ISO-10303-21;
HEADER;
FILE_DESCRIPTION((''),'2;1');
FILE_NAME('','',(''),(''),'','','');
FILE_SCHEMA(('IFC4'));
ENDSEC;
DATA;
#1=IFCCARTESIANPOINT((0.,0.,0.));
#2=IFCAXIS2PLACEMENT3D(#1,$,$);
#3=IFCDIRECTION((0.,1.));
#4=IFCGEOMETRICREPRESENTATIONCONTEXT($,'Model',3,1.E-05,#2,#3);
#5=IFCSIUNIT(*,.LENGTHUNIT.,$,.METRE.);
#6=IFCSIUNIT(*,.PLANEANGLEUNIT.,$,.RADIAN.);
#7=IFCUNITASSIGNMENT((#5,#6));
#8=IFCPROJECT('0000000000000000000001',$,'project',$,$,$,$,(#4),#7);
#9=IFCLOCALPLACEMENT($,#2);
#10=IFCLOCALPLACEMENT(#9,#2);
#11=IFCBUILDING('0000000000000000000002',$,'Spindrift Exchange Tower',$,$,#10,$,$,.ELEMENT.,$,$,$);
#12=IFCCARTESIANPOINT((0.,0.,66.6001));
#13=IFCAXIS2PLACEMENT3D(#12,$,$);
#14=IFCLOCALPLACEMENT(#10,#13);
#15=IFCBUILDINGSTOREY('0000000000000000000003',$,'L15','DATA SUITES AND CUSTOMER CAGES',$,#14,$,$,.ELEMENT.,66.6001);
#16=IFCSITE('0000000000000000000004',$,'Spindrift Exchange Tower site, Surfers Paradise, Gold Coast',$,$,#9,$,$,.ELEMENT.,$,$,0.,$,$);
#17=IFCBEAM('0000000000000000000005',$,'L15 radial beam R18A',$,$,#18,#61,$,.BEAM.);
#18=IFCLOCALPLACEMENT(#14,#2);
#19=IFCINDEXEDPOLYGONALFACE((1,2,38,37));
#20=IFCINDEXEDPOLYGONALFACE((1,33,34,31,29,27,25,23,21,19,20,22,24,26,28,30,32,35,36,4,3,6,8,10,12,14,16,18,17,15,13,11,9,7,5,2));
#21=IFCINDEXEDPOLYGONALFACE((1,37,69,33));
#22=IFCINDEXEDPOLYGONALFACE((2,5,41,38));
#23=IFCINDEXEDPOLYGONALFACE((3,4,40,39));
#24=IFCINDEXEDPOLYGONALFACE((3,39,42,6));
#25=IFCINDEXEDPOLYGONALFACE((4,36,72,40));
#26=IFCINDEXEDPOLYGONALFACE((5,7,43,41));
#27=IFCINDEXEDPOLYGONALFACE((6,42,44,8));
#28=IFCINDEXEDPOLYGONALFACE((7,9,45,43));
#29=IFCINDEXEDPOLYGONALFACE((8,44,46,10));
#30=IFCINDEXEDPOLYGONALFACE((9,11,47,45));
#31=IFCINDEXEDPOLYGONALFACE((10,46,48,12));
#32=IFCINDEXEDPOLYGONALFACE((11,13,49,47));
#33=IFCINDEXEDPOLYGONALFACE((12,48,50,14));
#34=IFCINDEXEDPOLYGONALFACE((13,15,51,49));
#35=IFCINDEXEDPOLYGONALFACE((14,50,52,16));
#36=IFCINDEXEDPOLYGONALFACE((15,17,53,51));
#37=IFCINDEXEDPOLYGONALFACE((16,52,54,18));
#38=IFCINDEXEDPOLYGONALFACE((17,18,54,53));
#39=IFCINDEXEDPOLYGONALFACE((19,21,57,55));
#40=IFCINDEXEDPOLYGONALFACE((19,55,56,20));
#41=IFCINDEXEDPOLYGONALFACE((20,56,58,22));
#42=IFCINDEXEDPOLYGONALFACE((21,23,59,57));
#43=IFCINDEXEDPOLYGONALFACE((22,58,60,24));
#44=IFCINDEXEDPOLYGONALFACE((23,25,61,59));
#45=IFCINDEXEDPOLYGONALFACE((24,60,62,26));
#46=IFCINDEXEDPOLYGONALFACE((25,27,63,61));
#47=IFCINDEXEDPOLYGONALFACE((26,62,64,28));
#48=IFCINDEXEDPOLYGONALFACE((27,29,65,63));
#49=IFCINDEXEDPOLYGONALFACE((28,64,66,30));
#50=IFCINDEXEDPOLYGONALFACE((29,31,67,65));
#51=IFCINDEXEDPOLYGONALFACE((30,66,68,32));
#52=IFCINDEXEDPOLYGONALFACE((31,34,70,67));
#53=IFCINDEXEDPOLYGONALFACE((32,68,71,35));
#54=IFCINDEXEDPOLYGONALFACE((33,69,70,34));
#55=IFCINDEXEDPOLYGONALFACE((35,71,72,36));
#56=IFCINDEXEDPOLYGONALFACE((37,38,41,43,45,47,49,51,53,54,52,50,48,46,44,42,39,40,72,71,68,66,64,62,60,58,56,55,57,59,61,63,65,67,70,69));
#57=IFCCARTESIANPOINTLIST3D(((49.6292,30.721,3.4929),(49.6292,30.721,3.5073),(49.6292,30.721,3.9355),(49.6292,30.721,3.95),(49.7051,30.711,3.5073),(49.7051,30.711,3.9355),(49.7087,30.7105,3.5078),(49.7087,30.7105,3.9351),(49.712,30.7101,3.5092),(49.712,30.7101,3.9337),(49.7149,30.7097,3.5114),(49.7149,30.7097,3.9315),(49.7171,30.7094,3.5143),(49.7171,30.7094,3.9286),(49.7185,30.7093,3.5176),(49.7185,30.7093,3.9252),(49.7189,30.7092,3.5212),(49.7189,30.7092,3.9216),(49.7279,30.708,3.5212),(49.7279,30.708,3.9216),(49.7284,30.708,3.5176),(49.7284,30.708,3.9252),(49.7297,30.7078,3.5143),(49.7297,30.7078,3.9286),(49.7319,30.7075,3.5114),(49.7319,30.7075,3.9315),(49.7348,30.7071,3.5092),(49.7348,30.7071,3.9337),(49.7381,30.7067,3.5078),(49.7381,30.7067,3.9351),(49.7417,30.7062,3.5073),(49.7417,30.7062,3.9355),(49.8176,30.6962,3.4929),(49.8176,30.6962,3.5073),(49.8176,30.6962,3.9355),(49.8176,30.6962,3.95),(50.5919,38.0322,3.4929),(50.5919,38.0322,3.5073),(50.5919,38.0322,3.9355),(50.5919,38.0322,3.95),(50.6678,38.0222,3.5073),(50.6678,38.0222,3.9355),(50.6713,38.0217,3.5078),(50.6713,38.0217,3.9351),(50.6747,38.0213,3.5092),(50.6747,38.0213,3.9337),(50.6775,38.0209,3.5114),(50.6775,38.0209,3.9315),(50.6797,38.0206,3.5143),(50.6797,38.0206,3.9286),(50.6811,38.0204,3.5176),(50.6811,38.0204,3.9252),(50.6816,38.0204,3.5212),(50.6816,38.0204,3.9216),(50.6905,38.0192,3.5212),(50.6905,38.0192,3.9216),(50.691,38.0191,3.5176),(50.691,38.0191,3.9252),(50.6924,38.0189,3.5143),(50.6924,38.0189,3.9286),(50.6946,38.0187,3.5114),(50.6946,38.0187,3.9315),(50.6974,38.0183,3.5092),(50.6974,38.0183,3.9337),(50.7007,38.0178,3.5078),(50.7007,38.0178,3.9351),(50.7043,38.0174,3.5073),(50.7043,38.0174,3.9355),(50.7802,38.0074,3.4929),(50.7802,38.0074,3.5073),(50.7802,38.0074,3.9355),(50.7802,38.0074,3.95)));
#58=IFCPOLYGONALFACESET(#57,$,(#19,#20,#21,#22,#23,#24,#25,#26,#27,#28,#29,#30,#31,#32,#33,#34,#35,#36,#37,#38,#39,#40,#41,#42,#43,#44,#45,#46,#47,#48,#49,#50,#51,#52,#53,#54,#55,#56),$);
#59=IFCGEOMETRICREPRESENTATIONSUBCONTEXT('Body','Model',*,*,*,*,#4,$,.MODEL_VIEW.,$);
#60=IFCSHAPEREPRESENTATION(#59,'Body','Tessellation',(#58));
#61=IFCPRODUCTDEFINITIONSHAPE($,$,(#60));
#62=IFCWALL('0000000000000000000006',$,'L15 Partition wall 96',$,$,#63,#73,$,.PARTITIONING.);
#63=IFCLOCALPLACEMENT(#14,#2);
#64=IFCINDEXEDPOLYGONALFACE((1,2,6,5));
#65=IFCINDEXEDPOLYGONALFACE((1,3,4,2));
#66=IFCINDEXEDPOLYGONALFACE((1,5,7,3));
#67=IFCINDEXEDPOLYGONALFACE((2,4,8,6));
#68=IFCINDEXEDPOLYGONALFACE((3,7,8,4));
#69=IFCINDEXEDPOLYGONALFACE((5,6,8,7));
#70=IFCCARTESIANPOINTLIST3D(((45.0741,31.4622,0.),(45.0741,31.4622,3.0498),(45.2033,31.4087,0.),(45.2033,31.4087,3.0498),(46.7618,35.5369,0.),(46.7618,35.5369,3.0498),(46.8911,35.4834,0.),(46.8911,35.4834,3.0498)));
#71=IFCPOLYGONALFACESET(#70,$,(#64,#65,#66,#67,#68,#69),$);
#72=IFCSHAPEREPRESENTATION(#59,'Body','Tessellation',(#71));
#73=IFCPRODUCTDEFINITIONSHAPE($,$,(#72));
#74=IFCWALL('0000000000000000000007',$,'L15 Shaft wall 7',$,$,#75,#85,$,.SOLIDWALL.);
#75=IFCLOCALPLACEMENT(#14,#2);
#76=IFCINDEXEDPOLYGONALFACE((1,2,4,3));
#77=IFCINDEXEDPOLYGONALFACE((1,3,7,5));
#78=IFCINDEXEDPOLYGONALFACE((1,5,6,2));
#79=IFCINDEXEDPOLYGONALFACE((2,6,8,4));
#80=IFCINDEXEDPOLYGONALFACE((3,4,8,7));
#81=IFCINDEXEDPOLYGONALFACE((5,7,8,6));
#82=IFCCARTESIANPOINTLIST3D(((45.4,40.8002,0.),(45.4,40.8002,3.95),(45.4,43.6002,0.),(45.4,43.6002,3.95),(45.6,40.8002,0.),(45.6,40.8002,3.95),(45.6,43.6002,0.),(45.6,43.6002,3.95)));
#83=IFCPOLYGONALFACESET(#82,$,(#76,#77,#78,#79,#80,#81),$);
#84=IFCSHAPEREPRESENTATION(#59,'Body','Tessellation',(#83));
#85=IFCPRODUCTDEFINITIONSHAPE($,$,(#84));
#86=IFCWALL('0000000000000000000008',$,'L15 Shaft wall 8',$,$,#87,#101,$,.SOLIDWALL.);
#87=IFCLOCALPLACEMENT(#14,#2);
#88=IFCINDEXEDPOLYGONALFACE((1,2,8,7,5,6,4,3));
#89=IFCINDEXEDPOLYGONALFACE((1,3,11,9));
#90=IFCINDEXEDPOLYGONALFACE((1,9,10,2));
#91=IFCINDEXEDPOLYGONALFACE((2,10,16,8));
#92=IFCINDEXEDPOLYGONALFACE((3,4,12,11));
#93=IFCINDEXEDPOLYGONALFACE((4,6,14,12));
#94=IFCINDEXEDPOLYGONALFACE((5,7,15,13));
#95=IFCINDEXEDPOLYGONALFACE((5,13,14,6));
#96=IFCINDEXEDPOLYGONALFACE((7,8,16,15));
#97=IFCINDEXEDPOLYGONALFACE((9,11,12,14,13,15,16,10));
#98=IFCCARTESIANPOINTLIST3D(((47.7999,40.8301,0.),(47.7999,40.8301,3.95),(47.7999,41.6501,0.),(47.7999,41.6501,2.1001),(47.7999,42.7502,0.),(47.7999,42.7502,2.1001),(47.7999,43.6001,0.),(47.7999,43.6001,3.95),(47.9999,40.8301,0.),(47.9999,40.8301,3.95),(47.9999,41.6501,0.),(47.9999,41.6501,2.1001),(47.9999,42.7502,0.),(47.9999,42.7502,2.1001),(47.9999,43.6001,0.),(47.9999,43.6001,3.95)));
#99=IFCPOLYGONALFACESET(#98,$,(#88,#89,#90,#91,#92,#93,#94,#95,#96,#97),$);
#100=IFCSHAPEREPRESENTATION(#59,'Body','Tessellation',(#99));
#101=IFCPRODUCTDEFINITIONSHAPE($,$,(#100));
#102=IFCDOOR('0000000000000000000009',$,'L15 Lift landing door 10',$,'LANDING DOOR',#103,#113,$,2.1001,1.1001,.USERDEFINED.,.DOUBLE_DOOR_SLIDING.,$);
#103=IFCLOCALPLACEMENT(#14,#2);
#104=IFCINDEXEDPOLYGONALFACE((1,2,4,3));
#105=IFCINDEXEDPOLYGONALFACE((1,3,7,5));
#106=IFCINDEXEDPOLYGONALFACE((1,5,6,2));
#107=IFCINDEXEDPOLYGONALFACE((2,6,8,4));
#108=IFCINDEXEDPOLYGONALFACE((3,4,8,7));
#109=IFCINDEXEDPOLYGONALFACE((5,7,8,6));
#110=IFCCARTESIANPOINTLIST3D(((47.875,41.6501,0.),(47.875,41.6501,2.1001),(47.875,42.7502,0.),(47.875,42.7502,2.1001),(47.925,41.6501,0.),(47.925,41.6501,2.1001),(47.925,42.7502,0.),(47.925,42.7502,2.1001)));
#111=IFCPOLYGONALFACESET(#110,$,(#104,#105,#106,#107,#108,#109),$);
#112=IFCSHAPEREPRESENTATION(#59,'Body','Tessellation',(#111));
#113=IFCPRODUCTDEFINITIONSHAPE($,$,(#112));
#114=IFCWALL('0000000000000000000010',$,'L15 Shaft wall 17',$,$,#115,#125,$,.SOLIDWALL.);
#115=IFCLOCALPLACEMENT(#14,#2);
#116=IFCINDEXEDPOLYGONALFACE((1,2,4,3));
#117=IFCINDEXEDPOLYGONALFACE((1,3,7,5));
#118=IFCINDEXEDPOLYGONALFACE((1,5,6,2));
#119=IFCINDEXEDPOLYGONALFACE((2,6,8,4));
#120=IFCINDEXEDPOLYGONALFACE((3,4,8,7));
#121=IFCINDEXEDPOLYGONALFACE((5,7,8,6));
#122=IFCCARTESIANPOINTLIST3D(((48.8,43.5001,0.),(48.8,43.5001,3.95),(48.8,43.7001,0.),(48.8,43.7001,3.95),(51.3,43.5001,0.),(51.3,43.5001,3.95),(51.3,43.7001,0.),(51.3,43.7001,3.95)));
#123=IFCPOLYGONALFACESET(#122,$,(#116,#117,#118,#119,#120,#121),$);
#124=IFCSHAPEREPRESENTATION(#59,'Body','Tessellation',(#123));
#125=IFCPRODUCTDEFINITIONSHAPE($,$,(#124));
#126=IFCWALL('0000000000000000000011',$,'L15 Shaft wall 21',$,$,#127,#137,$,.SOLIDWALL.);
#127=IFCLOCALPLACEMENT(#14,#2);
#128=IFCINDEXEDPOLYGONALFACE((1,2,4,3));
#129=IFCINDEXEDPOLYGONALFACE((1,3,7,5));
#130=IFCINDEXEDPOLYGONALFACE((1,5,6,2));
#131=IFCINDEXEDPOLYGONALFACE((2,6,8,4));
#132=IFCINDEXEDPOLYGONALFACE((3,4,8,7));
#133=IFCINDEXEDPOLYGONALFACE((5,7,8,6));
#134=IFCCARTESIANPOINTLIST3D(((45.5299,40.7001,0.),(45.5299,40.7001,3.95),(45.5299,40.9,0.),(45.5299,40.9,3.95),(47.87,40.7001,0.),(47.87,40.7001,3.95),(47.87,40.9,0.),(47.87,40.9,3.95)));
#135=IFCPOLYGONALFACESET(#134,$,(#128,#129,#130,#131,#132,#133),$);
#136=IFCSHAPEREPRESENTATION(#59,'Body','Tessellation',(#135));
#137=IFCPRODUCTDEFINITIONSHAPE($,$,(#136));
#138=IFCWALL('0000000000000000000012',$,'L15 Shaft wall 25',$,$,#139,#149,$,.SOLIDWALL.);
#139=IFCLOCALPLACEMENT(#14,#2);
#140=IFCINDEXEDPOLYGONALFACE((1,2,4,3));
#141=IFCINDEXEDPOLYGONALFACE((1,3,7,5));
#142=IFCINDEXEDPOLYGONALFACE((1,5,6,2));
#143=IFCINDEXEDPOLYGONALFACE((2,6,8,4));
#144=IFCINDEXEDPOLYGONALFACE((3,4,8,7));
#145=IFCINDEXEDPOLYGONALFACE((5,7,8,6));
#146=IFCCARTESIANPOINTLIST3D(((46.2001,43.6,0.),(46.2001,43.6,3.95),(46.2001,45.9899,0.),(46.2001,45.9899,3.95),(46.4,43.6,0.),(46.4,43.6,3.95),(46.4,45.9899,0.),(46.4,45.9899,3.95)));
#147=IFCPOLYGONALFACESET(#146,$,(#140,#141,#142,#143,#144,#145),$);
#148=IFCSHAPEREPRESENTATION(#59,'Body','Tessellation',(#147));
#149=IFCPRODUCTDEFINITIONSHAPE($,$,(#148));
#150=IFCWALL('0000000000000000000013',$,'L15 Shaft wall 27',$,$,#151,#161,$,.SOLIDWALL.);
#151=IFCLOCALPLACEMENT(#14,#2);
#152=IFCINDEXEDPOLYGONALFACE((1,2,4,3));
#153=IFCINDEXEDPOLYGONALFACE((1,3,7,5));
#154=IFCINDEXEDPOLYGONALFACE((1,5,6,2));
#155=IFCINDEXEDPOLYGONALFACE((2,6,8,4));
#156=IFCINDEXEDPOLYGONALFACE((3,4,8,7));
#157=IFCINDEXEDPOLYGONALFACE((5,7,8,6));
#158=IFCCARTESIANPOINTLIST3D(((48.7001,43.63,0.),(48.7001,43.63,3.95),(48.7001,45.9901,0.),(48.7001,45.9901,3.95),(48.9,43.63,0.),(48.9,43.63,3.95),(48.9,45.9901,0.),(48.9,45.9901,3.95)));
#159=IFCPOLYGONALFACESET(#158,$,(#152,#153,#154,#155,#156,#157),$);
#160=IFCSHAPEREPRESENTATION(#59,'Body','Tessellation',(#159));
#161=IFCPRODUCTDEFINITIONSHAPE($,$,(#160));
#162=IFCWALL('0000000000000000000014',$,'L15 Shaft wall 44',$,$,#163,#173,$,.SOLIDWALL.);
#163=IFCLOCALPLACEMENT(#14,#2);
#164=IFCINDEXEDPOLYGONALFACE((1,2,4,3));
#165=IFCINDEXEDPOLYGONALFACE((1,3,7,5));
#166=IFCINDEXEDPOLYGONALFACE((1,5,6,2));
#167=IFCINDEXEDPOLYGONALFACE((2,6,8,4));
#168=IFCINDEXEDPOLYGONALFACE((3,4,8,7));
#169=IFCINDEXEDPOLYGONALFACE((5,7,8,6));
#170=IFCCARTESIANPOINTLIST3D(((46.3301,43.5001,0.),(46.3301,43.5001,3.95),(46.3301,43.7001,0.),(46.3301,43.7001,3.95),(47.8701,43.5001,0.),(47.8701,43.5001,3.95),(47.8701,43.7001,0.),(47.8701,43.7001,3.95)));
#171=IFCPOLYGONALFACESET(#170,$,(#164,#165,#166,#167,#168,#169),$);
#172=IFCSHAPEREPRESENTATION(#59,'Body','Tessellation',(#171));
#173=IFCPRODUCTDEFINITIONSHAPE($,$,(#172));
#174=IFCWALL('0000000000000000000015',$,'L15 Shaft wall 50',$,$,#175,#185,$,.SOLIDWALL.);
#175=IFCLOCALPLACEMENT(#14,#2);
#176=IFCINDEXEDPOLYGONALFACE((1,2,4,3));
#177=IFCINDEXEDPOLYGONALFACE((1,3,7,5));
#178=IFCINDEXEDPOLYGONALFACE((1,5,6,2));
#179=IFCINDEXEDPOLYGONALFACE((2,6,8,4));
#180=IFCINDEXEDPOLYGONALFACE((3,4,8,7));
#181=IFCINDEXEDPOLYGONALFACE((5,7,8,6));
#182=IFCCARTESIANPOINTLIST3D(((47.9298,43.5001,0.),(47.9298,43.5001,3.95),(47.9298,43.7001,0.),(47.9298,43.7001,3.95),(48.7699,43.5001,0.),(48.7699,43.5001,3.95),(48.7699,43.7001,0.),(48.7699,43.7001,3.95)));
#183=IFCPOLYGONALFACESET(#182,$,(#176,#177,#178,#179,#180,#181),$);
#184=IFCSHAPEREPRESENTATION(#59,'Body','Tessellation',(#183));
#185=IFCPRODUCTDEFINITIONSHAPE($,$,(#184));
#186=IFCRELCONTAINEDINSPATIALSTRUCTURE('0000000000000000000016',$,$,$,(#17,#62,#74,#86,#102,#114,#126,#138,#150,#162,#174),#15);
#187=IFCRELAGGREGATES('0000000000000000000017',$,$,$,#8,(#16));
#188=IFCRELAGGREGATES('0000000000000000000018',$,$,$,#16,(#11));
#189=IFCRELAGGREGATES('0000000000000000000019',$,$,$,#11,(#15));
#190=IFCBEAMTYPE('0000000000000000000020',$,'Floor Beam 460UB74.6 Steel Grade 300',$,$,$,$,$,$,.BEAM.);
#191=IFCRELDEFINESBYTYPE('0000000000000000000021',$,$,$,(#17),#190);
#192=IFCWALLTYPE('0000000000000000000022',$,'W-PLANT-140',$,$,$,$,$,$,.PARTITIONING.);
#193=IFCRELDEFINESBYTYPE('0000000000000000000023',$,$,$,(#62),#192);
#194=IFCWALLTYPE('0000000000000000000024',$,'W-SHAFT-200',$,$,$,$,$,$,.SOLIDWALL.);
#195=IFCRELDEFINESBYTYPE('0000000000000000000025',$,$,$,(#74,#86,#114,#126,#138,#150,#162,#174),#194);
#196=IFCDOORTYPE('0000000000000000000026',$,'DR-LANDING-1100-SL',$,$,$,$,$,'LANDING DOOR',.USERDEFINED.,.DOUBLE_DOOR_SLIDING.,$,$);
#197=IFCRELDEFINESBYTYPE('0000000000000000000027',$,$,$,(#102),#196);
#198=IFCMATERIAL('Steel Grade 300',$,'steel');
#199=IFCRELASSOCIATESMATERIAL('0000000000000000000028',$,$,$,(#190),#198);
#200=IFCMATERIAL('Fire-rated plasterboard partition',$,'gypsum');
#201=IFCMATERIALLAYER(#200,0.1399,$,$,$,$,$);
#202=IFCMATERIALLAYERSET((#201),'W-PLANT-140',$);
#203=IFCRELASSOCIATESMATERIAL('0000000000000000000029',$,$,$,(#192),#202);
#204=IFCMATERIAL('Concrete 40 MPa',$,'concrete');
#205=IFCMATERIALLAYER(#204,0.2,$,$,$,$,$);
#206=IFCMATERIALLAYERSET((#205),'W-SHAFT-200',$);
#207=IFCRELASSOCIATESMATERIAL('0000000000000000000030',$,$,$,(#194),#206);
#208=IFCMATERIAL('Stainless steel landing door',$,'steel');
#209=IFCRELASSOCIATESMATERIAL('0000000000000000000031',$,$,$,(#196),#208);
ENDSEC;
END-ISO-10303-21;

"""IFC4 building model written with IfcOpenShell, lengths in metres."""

from ifc_helpers import new_model, si_unit, direction, frame, frame_2d, origin, origin_2d, place, context, subcontext, project, spatial, rectangle, i_section, extrude, source, transform, mapped, material, layer, layer_set, material_profile, profile_set, type_object, element, fill, save


model = new_model("IFC4")

# Units and contexts
model_context = context("Model", 3, precision=1e-05, world=origin(), true_north=direction((0.0, 1.0)))
body_context = subcontext(model_context, "Body", "Model", "MODEL_VIEW")
ifc_project = project(units=[si_unit("LENGTHUNIT", "METRE"), si_unit("PLANEANGLEUNIT", "RADIAN")], contexts=[model_context])

# Site, building, storey
site_placement = place(None, origin())
site = spatial("IfcSite", under=ifc_project, at=site_placement, Name="Spindrift Exchange Tower site, Surfers Paradise, Gold Coast", CompositionType="ELEMENT", RefElevation=0.0)
building_placement = place(site_placement, origin())
building = spatial("IfcBuilding", under=site, at=building_placement, Name="Spindrift Exchange Tower", CompositionType="ELEMENT")
storey_placement = place(building_placement, frame((0.0, 0.0, 66.6001)))
storey = spatial("IfcBuildingStorey", under=building, at=storey_placement, Name="L15", Description="DATA SUITES AND CUSTOMER CAGES", CompositionType="ELEMENT", Elevation=66.6001)

# Beam
ifc_material_1 = material(Name="Steel Grade 300", Category="steel")
ifc_material_profile_1 = material_profile(ifc_material_1, i_section(OverallWidth=0.1899, OverallDepth=0.457, WebThickness=0.009, FlangeThickness=0.0144, FilletRadius=0.0139, at=origin_2d()), Name="460UB74.6")
ifc_profile_set_1 = profile_set([ifc_material_profile_1], Name="Steel Grade 300")
beam_type_1 = type_object("IfcBeamType", Name="Floor Beam 460UB74.6 Steel Grade 300", PredefinedType="BEAM", material=ifc_profile_set_1)
shared_shape_1 = source(origin(), body_context, "Body", "SweptSolid", [
    extrude(i_section(OverallWidth=0.1899, OverallDepth=0.457, WebThickness=0.009, FlangeThickness=0.0144, FilletRadius=0.0139, at=origin_2d()), origin(), (0.0, 0.0, 1.0), 7.3743),
])
beam_1_placement = place(storey_placement, frame((50.686, 38.0198, 3.7214), z_axis=(-0.130539, -0.991443, 0.0), x_axis=(0.991443, -0.130539, 0.0)))
element("IfcBeam", 1, at=beam_1_placement, inside=storey, type_object=beam_type_1, Name="L15 radial beam R18A", PredefinedType="BEAM", context=body_context, shape_type="MappedRepresentation", body=[
    mapped(shared_shape_1, transform((0.0, 0.0, 0.0), scale=1.0)),
])

# Walls
ifc_material_2 = material(Name="Fire-rated plasterboard partition", Category="gypsum")
ifc_layer_1 = layer(ifc_material_2, 0.1399)
ifc_layer_set_1 = layer_set([ifc_layer_1], Name="W-PLANT-140")
wall_type_1 = type_object("IfcWallType", Name="W-PLANT-140", PredefinedType="PARTITIONING", material=ifc_layer_set_1)
wall_1_placement = place(storey_placement, frame((46.8264, 35.51, 0.0), z_axis=(0.0, 0.0, 1.0), x_axis=(-0.382673, -0.923884, 0.0)))
element("IfcWall", 2, at=wall_1_placement, inside=storey, type_object=wall_type_1, Name="L15 Partition wall 96", PredefinedType="PARTITIONING", context=body_context, shape_type="SweptSolid", body=[
    extrude(rectangle(XDim=4.4104, YDim=0.1399, at=frame_2d((2.2051, 0.0))), origin(), (0.0, 0.0, 1.0), 3.0498),
])
ifc_material_3 = material(Name="Concrete 40 MPa", Category="concrete")
ifc_layer_2 = layer(ifc_material_3, 0.2)
ifc_layer_set_2 = layer_set([ifc_layer_2], Name="W-SHAFT-200")
wall_type_2 = type_object("IfcWallType", Name="W-SHAFT-200", PredefinedType="SOLIDWALL", material=ifc_layer_set_2)
wall_2_placement = place(storey_placement, frame((45.5, 43.6001, 0.0), z_axis=(0.0, 0.0, 1.0), x_axis=(0.0, -1.0, 0.0)))
element("IfcWall", 3, at=wall_2_placement, inside=storey, type_object=wall_type_2, Name="L15 Shaft wall 7", PredefinedType="SOLIDWALL", context=body_context, shape_type="SweptSolid", body=[
    extrude(rectangle(XDim=2.8, YDim=0.2, at=frame_2d((1.3999, 0.0))), origin(), (0.0, 0.0, 1.0), 3.95),
])

# Wall, opening, door
wall_3_placement = place(storey_placement, frame((47.8999, 40.8301, 0.0), z_axis=(0.0, 0.0, 1.0), x_axis=(0.0, 1.0, 0.0)))
wall_3 = element("IfcWall", 4, at=wall_3_placement, inside=storey, type_object=wall_type_2, Name="L15 Shaft wall 8", PredefinedType="SOLIDWALL", context=body_context, shape_type="SweptSolid", body=[
    extrude(rectangle(XDim=2.77, YDim=0.2, at=frame_2d((1.385, 0.0))), origin(), (0.0, 0.0, 1.0), 3.95),
])
opening_1_placement = place(wall_3_placement, frame((0.8201, 0.0, 0.0)))
opening_1 = element("IfcOpeningElement", 5, at=opening_1_placement, cuts=wall_3, PredefinedType="OPENING", context=body_context, shape_type="SweptSolid", body=[
    extrude(rectangle(XDim=1.1001, YDim=2.1001, at=frame_2d((0.55, 1.05))), frame((0.0, 0.1099, 0.0), z_axis=(0.0, -1.0, 0.0), x_axis=(1.0, 0.0, 0.0)), (0.0, 0.0, 1.0), 0.22),
])
ifc_material_4 = material(Name="Stainless steel landing door", Category="steel")
door_type_1 = type_object("IfcDoorType", Name="DR-LANDING-1100-SL", ElementType="LANDING DOOR", OperationType="DOUBLE_DOOR_SLIDING", PredefinedType="USERDEFINED", material=ifc_material_4)
shared_shape_2 = source(origin(), body_context, "Body", "SweptSolid", [
    extrude(rectangle(XDim=1.1001, YDim=2.1001, at=frame_2d((0.55, 1.05))), frame((0.0, 0.0249, 0.0), z_axis=(0.0, -1.0, 0.0), x_axis=(1.0, 0.0, 0.0)), (0.0, 0.0, 1.0), 0.05),
])
door_1_placement = place(opening_1_placement, origin())
door_1 = element("IfcDoor", 6, at=door_1_placement, inside=storey, type_object=door_type_1, Name="L15 Lift landing door 10", ObjectType="LANDING DOOR", OperationType="DOUBLE_DOOR_SLIDING", OverallHeight=2.1001, OverallWidth=1.1001, PredefinedType="USERDEFINED", context=body_context, shape_type="MappedRepresentation", body=[
    mapped(shared_shape_2, transform((0.0, 0.0, 0.0), scale=1.0)),
])
fill(opening_1, door_1)

# Walls
wall_4_placement = place(storey_placement, frame((48.8, 43.6001, 0.0), z_axis=(0.0, 0.0, 1.0), x_axis=(1.0, 0.0, 0.0)))
element("IfcWall", 7, at=wall_4_placement, inside=storey, type_object=wall_type_2, Name="L15 Shaft wall 17", PredefinedType="SOLIDWALL", context=body_context, shape_type="SweptSolid", body=[
    extrude(rectangle(XDim=2.5, YDim=0.2, at=frame_2d((1.25, 0.0))), origin(), (0.0, 0.0, 1.0), 3.95),
])
wall_5_placement = place(storey_placement, frame((45.53, 40.8, 0.0), z_axis=(0.0, 0.0, 1.0), x_axis=(1.0, 0.0, 0.0)))
element("IfcWall", 8, at=wall_5_placement, inside=storey, type_object=wall_type_2, Name="L15 Shaft wall 21", PredefinedType="SOLIDWALL", context=body_context, shape_type="SweptSolid", body=[
    extrude(rectangle(XDim=2.3401, YDim=0.2, at=frame_2d((1.1699, 0.0))), origin(), (0.0, 0.0, 1.0), 3.95),
])
wall_6_placement = place(storey_placement, frame((46.3, 43.6001, 0.0), z_axis=(0.0, 0.0, 1.0), x_axis=(0.0, 1.0, 0.0)))
element("IfcWall", 9, at=wall_6_placement, inside=storey, type_object=wall_type_2, Name="L15 Shaft wall 25", PredefinedType="SOLIDWALL", context=body_context, shape_type="SweptSolid", body=[
    extrude(rectangle(XDim=2.3899, YDim=0.2, at=frame_2d((1.1948, 0.0))), origin(), (0.0, 0.0, 1.0), 3.95),
])
wall_7_placement = place(storey_placement, frame((48.8, 43.6299, 0.0), z_axis=(0.0, 0.0, 1.0), x_axis=(0.0, 1.0, 0.0)))
element("IfcWall", 10, at=wall_7_placement, inside=storey, type_object=wall_type_2, Name="L15 Shaft wall 27", PredefinedType="SOLIDWALL", context=body_context, shape_type="SweptSolid", body=[
    extrude(rectangle(XDim=2.3601, YDim=0.2, at=frame_2d((1.1802, 0.0))), origin(), (0.0, 0.0, 1.0), 3.95),
])
wall_8_placement = place(storey_placement, frame((46.3301, 43.6001, 0.0), z_axis=(0.0, 0.0, 1.0), x_axis=(1.0, 0.0, 0.0)))
element("IfcWall", 11, at=wall_8_placement, inside=storey, type_object=wall_type_2, Name="L15 Shaft wall 44", PredefinedType="SOLIDWALL", context=body_context, shape_type="SweptSolid", body=[
    extrude(rectangle(XDim=1.54, YDim=0.2, at=frame_2d((0.77, 0.0))), origin(), (0.0, 0.0, 1.0), 3.95),
])
wall_9_placement = place(storey_placement, frame((47.9299, 43.6001, 0.0), z_axis=(0.0, 0.0, 1.0), x_axis=(1.0, 0.0, 0.0)))
element("IfcWall", 12, at=wall_9_placement, inside=storey, type_object=wall_type_2, Name="L15 Shaft wall 50", PredefinedType="SOLIDWALL", context=body_context, shape_type="SweptSolid", body=[
    extrude(rectangle(XDim=0.8401, YDim=0.2, at=frame_2d((0.4199, 0.0))), origin(), (0.0, 0.0, 1.0), 3.95),
])

save(model, "model.ifc")
